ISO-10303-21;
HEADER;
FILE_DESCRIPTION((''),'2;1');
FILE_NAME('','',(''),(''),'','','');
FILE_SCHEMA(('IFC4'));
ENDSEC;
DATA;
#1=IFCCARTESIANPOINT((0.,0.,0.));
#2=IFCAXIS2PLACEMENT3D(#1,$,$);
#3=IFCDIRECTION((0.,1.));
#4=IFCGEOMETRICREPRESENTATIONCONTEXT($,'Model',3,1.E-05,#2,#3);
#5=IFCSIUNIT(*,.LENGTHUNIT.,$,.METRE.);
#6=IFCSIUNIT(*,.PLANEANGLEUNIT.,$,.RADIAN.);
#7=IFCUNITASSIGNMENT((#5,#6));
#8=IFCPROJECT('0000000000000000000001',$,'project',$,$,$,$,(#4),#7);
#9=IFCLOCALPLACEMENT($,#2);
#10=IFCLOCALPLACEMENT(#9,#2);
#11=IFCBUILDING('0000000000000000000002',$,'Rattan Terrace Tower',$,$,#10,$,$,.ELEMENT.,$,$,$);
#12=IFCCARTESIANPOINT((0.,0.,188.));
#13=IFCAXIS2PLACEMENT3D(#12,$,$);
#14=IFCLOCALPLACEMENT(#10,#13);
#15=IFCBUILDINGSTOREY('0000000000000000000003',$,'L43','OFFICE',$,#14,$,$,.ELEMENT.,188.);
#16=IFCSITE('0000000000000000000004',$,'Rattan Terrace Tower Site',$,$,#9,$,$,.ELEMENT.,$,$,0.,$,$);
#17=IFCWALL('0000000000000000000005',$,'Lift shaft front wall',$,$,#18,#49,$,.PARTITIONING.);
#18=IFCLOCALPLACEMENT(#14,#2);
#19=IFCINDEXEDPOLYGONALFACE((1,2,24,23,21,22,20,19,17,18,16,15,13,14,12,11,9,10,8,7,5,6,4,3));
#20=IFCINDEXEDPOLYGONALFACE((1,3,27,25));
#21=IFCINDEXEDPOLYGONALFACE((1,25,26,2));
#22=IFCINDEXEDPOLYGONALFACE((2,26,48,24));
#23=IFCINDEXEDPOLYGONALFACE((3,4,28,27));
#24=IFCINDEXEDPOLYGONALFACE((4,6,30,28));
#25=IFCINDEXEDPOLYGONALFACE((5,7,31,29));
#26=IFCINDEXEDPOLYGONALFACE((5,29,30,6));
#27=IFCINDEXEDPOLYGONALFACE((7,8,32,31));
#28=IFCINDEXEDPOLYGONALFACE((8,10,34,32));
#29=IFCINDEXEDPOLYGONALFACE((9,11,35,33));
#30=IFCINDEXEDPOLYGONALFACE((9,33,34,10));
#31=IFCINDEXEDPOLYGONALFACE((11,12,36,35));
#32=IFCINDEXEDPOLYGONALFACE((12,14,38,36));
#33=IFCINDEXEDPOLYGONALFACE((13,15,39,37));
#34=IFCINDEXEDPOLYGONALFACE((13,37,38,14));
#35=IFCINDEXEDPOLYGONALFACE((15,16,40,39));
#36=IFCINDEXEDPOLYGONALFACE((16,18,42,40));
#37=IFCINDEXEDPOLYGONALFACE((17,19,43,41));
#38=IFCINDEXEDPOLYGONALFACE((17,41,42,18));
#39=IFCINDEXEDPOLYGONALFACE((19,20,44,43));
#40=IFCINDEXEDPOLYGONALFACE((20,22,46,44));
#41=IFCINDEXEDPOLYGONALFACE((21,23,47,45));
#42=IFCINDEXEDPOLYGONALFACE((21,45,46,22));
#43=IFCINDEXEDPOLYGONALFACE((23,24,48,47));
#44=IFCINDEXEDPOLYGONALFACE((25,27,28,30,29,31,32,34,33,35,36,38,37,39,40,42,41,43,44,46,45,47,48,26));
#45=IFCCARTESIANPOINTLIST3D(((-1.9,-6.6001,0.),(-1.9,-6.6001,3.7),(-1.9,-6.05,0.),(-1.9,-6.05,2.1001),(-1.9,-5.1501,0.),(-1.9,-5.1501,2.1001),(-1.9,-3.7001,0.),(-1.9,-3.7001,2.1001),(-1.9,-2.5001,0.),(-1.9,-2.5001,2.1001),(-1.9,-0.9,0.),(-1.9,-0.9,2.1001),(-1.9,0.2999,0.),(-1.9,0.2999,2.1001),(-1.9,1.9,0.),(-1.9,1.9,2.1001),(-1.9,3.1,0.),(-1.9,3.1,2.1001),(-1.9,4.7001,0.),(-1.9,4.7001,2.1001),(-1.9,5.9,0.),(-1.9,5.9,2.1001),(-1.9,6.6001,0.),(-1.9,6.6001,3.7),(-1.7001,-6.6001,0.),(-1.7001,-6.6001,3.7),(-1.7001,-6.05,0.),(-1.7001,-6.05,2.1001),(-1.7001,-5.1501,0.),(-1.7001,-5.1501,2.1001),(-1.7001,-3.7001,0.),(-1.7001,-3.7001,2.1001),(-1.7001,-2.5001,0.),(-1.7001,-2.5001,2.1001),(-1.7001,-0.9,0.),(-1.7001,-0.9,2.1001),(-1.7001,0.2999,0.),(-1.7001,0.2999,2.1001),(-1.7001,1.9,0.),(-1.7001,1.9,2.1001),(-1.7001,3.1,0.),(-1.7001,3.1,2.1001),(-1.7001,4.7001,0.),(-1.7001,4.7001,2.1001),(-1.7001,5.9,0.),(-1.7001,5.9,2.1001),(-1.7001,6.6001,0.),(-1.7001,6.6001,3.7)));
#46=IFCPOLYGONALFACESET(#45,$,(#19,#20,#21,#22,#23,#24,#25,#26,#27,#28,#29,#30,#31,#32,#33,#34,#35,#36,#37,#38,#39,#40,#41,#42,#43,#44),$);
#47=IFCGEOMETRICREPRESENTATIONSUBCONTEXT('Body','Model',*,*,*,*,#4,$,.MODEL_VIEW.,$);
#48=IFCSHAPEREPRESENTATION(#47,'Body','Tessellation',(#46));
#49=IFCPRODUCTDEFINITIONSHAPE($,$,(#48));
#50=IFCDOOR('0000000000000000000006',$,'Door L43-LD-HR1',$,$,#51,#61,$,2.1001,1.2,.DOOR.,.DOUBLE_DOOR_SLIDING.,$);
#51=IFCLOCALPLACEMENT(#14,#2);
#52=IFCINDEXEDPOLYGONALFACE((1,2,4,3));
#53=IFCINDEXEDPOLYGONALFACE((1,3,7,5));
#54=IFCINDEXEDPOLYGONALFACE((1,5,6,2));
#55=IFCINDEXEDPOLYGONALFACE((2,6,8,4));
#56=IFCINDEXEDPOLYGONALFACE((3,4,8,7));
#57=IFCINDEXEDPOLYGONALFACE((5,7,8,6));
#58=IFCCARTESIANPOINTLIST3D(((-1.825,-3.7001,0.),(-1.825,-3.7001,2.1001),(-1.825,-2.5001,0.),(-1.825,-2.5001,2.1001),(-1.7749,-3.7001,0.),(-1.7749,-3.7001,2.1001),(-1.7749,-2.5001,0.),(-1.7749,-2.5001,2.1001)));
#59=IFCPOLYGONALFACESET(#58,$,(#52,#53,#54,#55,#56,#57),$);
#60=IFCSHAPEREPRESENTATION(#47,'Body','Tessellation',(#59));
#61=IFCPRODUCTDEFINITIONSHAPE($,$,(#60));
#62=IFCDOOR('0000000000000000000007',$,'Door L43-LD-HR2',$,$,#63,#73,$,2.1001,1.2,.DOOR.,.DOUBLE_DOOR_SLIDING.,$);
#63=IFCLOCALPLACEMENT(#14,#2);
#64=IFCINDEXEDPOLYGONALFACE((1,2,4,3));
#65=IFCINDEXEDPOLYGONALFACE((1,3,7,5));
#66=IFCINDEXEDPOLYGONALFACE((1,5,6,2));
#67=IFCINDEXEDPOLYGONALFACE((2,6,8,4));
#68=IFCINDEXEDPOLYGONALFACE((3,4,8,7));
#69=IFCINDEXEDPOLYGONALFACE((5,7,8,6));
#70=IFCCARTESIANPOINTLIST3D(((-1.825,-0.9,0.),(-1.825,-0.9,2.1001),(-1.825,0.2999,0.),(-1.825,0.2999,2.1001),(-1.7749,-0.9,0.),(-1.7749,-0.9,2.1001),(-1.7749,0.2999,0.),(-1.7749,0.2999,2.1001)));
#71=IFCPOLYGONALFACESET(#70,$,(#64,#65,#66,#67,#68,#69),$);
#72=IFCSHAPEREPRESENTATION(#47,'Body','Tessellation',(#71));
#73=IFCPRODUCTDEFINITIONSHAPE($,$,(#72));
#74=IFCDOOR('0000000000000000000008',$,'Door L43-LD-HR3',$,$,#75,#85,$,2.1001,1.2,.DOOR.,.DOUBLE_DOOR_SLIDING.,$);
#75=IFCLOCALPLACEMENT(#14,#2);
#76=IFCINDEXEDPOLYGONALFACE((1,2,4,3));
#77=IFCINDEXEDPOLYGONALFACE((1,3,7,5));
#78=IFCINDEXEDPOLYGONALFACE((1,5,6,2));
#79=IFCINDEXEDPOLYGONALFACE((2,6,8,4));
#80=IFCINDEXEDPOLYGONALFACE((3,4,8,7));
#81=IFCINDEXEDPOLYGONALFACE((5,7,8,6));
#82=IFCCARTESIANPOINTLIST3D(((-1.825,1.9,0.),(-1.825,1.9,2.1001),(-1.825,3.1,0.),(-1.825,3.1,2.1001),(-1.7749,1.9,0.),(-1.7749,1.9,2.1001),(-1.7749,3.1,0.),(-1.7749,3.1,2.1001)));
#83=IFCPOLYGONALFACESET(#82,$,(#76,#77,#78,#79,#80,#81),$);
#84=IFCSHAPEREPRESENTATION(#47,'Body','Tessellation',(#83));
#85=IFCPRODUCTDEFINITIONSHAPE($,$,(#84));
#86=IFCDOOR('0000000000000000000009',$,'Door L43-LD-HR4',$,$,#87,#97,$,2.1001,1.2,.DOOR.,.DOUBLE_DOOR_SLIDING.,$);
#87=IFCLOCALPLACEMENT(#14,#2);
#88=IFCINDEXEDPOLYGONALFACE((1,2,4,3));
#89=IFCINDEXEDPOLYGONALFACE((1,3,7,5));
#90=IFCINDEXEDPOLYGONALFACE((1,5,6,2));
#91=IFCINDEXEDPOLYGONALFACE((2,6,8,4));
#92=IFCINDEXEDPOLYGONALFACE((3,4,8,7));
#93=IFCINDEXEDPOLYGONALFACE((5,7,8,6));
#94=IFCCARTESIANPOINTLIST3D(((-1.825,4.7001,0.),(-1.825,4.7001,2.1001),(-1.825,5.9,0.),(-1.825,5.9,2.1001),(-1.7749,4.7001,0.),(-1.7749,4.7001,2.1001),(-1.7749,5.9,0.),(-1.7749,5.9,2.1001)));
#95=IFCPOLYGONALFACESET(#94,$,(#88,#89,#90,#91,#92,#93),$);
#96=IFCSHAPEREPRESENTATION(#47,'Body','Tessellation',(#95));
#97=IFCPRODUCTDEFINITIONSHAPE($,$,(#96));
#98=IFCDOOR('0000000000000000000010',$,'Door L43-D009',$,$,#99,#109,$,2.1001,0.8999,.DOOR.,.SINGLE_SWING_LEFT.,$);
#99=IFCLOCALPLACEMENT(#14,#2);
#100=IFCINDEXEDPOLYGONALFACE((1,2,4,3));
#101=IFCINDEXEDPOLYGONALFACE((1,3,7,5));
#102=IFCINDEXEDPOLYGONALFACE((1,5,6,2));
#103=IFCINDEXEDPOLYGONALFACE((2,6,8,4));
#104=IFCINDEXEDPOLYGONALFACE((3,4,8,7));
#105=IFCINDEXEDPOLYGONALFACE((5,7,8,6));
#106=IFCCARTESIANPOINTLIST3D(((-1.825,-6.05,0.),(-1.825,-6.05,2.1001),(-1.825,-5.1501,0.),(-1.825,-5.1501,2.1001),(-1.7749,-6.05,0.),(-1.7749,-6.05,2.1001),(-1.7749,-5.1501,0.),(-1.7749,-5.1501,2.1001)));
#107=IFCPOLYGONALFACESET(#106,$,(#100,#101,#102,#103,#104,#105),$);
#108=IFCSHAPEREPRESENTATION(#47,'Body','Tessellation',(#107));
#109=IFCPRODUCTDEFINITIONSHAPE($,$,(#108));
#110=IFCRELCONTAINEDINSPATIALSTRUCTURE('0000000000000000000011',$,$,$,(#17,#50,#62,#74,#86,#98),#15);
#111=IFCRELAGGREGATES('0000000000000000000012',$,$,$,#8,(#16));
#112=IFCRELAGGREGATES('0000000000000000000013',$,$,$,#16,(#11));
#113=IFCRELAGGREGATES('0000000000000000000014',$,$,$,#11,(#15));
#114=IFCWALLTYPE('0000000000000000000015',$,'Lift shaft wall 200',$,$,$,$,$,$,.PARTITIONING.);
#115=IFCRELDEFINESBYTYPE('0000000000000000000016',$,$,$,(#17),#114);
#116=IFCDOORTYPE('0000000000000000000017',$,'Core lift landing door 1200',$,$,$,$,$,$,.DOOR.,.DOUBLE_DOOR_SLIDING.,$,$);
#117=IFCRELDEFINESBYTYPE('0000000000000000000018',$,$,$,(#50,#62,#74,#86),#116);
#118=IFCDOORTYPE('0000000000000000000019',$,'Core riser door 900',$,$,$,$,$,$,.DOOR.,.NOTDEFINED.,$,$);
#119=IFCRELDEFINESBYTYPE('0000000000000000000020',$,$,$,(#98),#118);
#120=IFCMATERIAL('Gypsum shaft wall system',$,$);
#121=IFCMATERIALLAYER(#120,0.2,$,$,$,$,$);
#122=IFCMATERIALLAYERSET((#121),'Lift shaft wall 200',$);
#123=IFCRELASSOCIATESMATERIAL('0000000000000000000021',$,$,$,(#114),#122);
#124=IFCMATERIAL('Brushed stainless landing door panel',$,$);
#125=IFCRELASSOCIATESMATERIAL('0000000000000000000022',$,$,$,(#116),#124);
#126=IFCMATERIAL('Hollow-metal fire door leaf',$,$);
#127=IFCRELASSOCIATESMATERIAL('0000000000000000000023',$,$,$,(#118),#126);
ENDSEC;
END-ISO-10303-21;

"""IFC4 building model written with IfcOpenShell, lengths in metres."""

from ifc_helpers import new_model, si_unit, direction, frame, frame_2d, origin, place, context, subcontext, project, spatial, rectangle, extrude, material, layer, layer_set, type_object, element, fill, save


model = new_model("IFC4")

# Units and contexts
model_context = context("Model", 3, precision=1e-05, world=origin(), true_north=direction((0.0, 1.0)))
body_context = subcontext(model_context, "Body", "Model", "MODEL_VIEW")
ifc_project = project(units=[si_unit("LENGTHUNIT", "METRE"), si_unit("PLANEANGLEUNIT", "RADIAN")], contexts=[model_context])

# Site, building, storey
site_placement = place(None, origin())
site = spatial("IfcSite", under=ifc_project, at=site_placement, Name="Rattan Terrace Tower Site", CompositionType="ELEMENT", RefElevation=0.0)
building_placement = place(site_placement, origin())
building = spatial("IfcBuilding", under=site, at=building_placement, Name="Rattan Terrace Tower", CompositionType="ELEMENT")
storey_placement = place(building_placement, frame((0.0, 0.0, 188.0)))
storey = spatial("IfcBuildingStorey", under=building, at=storey_placement, Name="L43", Description="OFFICE", CompositionType="ELEMENT", Elevation=188.0)

# Wall, openings, doors
ifc_material_1 = material(Name="Gypsum shaft wall system")
ifc_layer_1 = layer(ifc_material_1, 0.2)
ifc_layer_set_1 = layer_set([ifc_layer_1], Name="Lift shaft wall 200")
wall_type_1 = type_object("IfcWallType", Name="Lift shaft wall 200", PredefinedType="PARTITIONING", material=ifc_layer_set_1)
wall_1_placement = place(storey_placement, frame((-1.8, -6.6001, 0.0), z_axis=(0.0, 0.0, 1.0), x_axis=(0.0, 1.0, 0.0)))
wall_1 = element("IfcWall", 1, at=wall_1_placement, inside=storey, type_object=wall_type_1, Name="Lift shaft front wall", PredefinedType="PARTITIONING", context=body_context, shape_type="SweptSolid", body=[
    extrude(rectangle(XDim=13.2002, YDim=0.2, at=frame_2d((6.6001, 0.0))), origin(), (0.0, 0.0, 1.0), 3.7),
])
opening_1_placement = place(wall_1_placement, frame((0.55, 0.0, 0.0)))
opening_1 = element("IfcOpeningElement", 2, at=opening_1_placement, cuts=wall_1, PredefinedType="OPENING", context=body_context, shape_type="SweptSolid", body=[
    extrude(rectangle(XDim=0.8999, YDim=2.1001, at=frame_2d((0.45, 1.05))), frame((0.0, 0.1106, 0.0), z_axis=(0.0, -1.0, 0.0), x_axis=(1.0, 0.0, 0.0)), (0.0, 0.0, 1.0), 0.2209),
])
opening_2_placement = place(wall_1_placement, frame((2.8999, 0.0, 0.0)))
opening_2 = element("IfcOpeningElement", 3, at=opening_2_placement, cuts=wall_1, PredefinedType="OPENING", context=body_context, shape_type="SweptSolid", body=[
    extrude(rectangle(XDim=1.2, YDim=2.1001, at=frame_2d((0.6001, 1.05))), frame((0.0, 0.1106, 0.0), z_axis=(0.0, -1.0, 0.0), x_axis=(1.0, 0.0, 0.0)), (0.0, 0.0, 1.0), 0.2209),
])
opening_3_placement = place(wall_1_placement, frame((5.7, 0.0, 0.0)))
opening_3 = element("IfcOpeningElement", 4, at=opening_3_placement, cuts=wall_1, PredefinedType="OPENING", context=body_context, shape_type="SweptSolid", body=[
    extrude(rectangle(XDim=1.2, YDim=2.1001, at=frame_2d((0.6001, 1.05))), frame((0.0, 0.1106, 0.0), z_axis=(0.0, -1.0, 0.0), x_axis=(1.0, 0.0, 0.0)), (0.0, 0.0, 1.0), 0.2209),
])
opening_4_placement = place(wall_1_placement, frame((8.5, 0.0, 0.0)))
opening_4 = element("IfcOpeningElement", 5, at=opening_4_placement, cuts=wall_1, PredefinedType="OPENING", context=body_context, shape_type="SweptSolid", body=[
    extrude(rectangle(XDim=1.2, YDim=2.1001, at=frame_2d((0.6001, 1.05))), frame((0.0, 0.1106, 0.0), z_axis=(0.0, -1.0, 0.0), x_axis=(1.0, 0.0, 0.0)), (0.0, 0.0, 1.0), 0.2209),
])
opening_5_placement = place(wall_1_placement, frame((11.3, 0.0, 0.0)))
opening_5 = element("IfcOpeningElement", 6, at=opening_5_placement, cuts=wall_1, PredefinedType="OPENING", context=body_context, shape_type="SweptSolid", body=[
    extrude(rectangle(XDim=1.2, YDim=2.1001, at=frame_2d((0.6001, 1.05))), frame((0.0, 0.1106, 0.0), z_axis=(0.0, -1.0, 0.0), x_axis=(1.0, 0.0, 0.0)), (0.0, 0.0, 1.0), 0.2209),
])
ifc_material_2 = material(Name="Brushed stainless landing door panel")
door_type_1 = type_object("IfcDoorType", Name="Core lift landing door 1200", OperationType="DOUBLE_DOOR_SLIDING", PredefinedType="DOOR", material=ifc_material_2)
door_1_placement = place(opening_2_placement, origin())
door_1 = element("IfcDoor", 7, at=door_1_placement, inside=storey, type_object=door_type_1, Name="Door L43-LD-HR1", OperationType="DOUBLE_DOOR_SLIDING", OverallHeight=2.1001, OverallWidth=1.2, PredefinedType="DOOR", context=body_context, shape_type="SweptSolid", body=[
    extrude(rectangle(XDim=1.2, YDim=2.1001, at=frame_2d((0.6001, 1.05))), frame((0.0, 0.0249, 0.0), z_axis=(0.0, -1.0, 0.0), x_axis=(1.0, 0.0, 0.0)), (0.0, 0.0, 1.0), 0.05),
])
fill(opening_2, door_1)
door_2_placement = place(opening_3_placement, origin())
door_2 = element("IfcDoor", 8, at=door_2_placement, inside=storey, type_object=door_type_1, Name="Door L43-LD-HR2", OperationType="DOUBLE_DOOR_SLIDING", OverallHeight=2.1001, OverallWidth=1.2, PredefinedType="DOOR", context=body_context, shape_type="SweptSolid", body=[
    extrude(rectangle(XDim=1.2, YDim=2.1001, at=frame_2d((0.6001, 1.05))), frame((0.0, 0.0249, 0.0), z_axis=(0.0, -1.0, 0.0), x_axis=(1.0, 0.0, 0.0)), (0.0, 0.0, 1.0), 0.05),
])
fill(opening_3, door_2)
door_3_placement = place(opening_4_placement, origin())
door_3 = element("IfcDoor", 9, at=door_3_placement, inside=storey, type_object=door_type_1, Name="Door L43-LD-HR3", OperationType="DOUBLE_DOOR_SLIDING", OverallHeight=2.1001, OverallWidth=1.2, PredefinedType="DOOR", context=body_context, shape_type="SweptSolid", body=[
    extrude(rectangle(XDim=1.2, YDim=2.1001, at=frame_2d((0.6001, 1.05))), frame((0.0, 0.0249, 0.0), z_axis=(0.0, -1.0, 0.0), x_axis=(1.0, 0.0, 0.0)), (0.0, 0.0, 1.0), 0.05),
])
fill(opening_4, door_3)
door_4_placement = place(opening_5_placement, origin())
door_4 = element("IfcDoor", 10, at=door_4_placement, inside=storey, type_object=door_type_1, Name="Door L43-LD-HR4", OperationType="DOUBLE_DOOR_SLIDING", OverallHeight=2.1001, OverallWidth=1.2, PredefinedType="DOOR", context=body_context, shape_type="SweptSolid", body=[
    extrude(rectangle(XDim=1.2, YDim=2.1001, at=frame_2d((0.6001, 1.05))), frame((0.0, 0.0249, 0.0), z_axis=(0.0, -1.0, 0.0), x_axis=(1.0, 0.0, 0.0)), (0.0, 0.0, 1.0), 0.05),
])
fill(opening_5, door_4)
ifc_material_3 = material(Name="Hollow-metal fire door leaf")
door_type_2 = type_object("IfcDoorType", Name="Core riser door 900", OperationType="NOTDEFINED", PredefinedType="DOOR", material=ifc_material_3)
door_5_placement = place(opening_1_placement, origin())
door_5 = element("IfcDoor", 11, at=door_5_placement, inside=storey, type_object=door_type_2, Name="Door L43-D009", OperationType="SINGLE_SWING_LEFT", OverallHeight=2.1001, OverallWidth=0.8999, PredefinedType="DOOR", context=body_context, shape_type="SweptSolid", body=[
    extrude(rectangle(XDim=0.8999, YDim=2.1001, at=frame_2d((0.45, 1.05))), frame((0.0, 0.0249, 0.0), z_axis=(0.0, -1.0, 0.0), x_axis=(1.0, 0.0, 0.0)), (0.0, 0.0, 1.0), 0.05),
])
fill(opening_1, door_5)

save(model, "model.ifc")
